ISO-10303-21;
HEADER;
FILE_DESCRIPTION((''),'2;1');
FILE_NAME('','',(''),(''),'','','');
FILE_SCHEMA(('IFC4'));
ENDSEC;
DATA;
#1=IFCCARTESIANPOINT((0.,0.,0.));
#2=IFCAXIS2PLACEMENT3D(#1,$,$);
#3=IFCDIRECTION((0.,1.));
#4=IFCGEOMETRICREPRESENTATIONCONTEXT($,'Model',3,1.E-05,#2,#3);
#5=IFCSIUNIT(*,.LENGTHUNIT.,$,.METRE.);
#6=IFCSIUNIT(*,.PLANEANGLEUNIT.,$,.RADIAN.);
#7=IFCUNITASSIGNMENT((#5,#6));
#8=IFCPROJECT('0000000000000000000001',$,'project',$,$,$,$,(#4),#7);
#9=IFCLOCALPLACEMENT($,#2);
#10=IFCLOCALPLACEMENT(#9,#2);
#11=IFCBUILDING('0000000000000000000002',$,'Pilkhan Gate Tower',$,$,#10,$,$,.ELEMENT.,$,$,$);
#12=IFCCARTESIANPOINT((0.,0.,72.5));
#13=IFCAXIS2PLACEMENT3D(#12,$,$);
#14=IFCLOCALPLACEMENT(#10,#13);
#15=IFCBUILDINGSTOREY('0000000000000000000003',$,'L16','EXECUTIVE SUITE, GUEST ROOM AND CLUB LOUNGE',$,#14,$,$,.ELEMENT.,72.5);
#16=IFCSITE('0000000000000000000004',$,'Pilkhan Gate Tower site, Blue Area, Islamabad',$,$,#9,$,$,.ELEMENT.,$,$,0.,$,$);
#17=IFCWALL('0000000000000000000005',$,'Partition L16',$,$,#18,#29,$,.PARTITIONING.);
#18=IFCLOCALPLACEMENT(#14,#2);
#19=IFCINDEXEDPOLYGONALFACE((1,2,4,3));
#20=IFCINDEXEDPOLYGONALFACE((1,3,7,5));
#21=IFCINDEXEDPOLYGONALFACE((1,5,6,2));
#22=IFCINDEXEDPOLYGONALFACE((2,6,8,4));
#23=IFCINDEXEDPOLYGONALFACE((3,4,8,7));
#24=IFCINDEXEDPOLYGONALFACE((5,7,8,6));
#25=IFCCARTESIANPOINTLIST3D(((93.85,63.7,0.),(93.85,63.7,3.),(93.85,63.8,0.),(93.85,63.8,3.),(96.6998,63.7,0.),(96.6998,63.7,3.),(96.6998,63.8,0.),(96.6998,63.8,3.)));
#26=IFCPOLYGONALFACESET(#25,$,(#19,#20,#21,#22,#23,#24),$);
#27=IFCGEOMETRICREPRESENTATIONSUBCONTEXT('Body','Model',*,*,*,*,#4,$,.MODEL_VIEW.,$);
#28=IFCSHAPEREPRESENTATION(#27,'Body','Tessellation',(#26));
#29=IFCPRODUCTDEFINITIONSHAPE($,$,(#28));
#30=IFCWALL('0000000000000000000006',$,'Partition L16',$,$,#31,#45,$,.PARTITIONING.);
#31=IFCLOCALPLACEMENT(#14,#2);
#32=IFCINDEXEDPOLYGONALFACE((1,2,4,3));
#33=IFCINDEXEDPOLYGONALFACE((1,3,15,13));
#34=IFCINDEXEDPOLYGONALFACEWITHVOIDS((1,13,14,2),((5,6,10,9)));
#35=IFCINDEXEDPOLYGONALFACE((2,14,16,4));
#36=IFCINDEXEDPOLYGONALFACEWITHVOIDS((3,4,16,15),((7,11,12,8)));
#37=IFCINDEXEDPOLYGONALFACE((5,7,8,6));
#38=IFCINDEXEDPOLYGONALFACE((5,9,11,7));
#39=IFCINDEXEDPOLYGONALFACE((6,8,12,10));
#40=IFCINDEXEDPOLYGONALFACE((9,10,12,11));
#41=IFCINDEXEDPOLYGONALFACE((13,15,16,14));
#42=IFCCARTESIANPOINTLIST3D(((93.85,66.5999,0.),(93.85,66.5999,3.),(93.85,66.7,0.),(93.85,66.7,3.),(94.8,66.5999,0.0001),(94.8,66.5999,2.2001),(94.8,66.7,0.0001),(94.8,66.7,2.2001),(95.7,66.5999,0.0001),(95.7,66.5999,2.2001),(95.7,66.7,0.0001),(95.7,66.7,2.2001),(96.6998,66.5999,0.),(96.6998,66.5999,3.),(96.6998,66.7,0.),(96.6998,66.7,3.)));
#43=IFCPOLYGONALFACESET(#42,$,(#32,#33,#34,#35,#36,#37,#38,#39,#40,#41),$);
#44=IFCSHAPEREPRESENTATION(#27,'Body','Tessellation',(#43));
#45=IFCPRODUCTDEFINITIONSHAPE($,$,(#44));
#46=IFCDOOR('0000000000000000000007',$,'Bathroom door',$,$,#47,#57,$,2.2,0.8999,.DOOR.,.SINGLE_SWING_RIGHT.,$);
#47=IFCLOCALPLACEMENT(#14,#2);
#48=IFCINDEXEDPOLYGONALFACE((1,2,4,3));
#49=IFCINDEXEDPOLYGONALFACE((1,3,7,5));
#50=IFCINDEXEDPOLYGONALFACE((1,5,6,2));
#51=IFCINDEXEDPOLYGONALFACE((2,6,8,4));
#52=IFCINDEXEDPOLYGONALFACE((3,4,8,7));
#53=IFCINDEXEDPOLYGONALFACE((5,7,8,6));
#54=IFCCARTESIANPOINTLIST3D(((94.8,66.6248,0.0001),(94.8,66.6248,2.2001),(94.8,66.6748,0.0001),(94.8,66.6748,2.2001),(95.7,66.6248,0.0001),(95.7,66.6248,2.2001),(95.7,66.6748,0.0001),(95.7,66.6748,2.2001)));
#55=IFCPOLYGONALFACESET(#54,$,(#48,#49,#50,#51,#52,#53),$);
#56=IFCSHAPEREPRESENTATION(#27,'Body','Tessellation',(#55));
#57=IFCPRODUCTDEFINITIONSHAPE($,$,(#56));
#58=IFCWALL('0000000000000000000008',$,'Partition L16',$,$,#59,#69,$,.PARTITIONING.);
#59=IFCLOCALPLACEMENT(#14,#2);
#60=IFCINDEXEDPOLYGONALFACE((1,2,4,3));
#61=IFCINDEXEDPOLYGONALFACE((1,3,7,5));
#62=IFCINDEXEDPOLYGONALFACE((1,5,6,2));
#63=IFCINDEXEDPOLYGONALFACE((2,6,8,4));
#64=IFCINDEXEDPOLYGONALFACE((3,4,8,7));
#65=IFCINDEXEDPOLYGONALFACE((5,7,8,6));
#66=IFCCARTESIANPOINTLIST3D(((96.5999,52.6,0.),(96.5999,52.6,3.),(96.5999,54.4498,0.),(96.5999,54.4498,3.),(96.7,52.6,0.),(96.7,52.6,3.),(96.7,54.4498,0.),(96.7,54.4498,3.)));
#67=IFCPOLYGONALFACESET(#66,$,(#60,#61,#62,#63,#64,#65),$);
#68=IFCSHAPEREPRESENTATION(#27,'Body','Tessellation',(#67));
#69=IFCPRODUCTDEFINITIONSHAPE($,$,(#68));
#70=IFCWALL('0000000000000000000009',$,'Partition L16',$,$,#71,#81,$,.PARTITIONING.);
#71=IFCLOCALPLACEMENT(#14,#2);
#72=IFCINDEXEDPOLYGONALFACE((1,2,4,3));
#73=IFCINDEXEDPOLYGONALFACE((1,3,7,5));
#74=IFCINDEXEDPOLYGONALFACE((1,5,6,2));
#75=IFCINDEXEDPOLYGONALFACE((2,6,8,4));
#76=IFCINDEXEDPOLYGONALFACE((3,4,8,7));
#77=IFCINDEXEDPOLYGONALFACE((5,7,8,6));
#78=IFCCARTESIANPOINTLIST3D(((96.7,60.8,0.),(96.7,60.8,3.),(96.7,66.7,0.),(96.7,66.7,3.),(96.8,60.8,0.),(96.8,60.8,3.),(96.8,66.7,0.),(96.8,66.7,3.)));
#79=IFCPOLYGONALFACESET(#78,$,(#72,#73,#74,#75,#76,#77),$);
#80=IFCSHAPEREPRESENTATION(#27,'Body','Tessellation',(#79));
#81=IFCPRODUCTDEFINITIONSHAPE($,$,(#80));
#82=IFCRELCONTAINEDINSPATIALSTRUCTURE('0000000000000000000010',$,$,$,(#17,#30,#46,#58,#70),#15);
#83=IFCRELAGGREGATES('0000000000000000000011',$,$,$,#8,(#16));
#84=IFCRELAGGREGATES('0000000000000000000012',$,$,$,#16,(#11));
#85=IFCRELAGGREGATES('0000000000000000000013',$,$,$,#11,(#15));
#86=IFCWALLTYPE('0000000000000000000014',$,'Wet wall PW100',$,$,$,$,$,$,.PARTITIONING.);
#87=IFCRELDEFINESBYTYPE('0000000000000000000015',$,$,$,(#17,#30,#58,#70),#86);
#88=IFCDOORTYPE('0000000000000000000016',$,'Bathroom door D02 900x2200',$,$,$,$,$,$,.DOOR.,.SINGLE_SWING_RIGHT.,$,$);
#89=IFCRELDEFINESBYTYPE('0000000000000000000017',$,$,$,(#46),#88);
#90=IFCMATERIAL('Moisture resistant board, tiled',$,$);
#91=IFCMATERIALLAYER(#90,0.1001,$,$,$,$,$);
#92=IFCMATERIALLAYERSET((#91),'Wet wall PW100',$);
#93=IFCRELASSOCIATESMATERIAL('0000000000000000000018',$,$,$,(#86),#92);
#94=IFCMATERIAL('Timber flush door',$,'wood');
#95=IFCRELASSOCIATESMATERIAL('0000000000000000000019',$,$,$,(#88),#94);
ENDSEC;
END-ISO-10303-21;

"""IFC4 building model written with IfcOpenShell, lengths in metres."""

from ifc_helpers import new_model, si_unit, direction, frame, frame_2d, origin, place, context, subcontext, project, spatial, rectangle, extrude, material, layer, layer_set, type_object, element, fill, save


model = new_model("IFC4")

# Units and contexts
model_context = context("Model", 3, precision=1e-05, world=origin(), true_north=direction((0.0, 1.0)))
body_context = subcontext(model_context, "Body", "Model", "MODEL_VIEW")
ifc_project = project(units=[si_unit("LENGTHUNIT", "METRE"), si_unit("PLANEANGLEUNIT", "RADIAN")], contexts=[model_context])

# Site, building, storey
site_placement = place(None, origin())
site = spatial("IfcSite", under=ifc_project, at=site_placement, Name="Pilkhan Gate Tower site, Blue Area, Islamabad", CompositionType="ELEMENT", RefElevation=0.0)
building_placement = place(site_placement, origin())
building = spatial("IfcBuilding", under=site, at=building_placement, Name="Pilkhan Gate Tower", CompositionType="ELEMENT")
storey_placement = place(building_placement, frame((0.0, 0.0, 72.5)))
storey = spatial("IfcBuildingStorey", under=building, at=storey_placement, Name="L16", Description="EXECUTIVE SUITE, GUEST ROOM AND CLUB LOUNGE", CompositionType="ELEMENT", Elevation=72.5)

# Shared definitions
ifc_material_1 = material(Name="Moisture resistant board, tiled")
ifc_layer_1 = layer(ifc_material_1, 0.1001)
ifc_layer_set_1 = layer_set([ifc_layer_1], Name="Wet wall PW100")
wall_type_1 = type_object("IfcWallType", Name="Wet wall PW100", PredefinedType="PARTITIONING", material=ifc_layer_set_1)
ifc_material_2 = material(Name="Timber flush door", Category="wood")
door_type = type_object("IfcDoorType", Name="Bathroom door D02 900x2200", OperationType="SINGLE_SWING_RIGHT", PredefinedType="DOOR", material=ifc_material_2)

# Wall
wall_1_placement = place(storey_placement, frame((93.8501, 63.75, 0.0), z_axis=(0.0, 0.0, 1.0), x_axis=(1.0, 0.0, 0.0)))
element("IfcWall", 1, at=wall_1_placement, inside=storey, type_object=wall_type_1, Name="Partition L16", PredefinedType="PARTITIONING", context=body_context, shape_type="SweptSolid", body=[
    extrude(rectangle(XDim=2.8499, YDim=0.1001, at=frame_2d((1.4248, 0.0))), origin(), (0.0, 0.0, 1.0), 3.0),
])

# Wall, opening, door
wall_2_placement = place(storey_placement, frame((93.8501, 66.6499, 0.0), z_axis=(0.0, 0.0, 1.0), x_axis=(1.0, 0.0, 0.0)))
wall_2 = element("IfcWall", 2, at=wall_2_placement, inside=storey, type_object=wall_type_1, Name="Partition L16", PredefinedType="PARTITIONING", context=body_context, shape_type="SweptSolid", body=[
    extrude(rectangle(XDim=2.8499, YDim=0.1001, at=frame_2d((1.4248, 0.0))), origin(), (0.0, 0.0, 1.0), 3.0),
])
opening_1_placement = place(wall_2_placement, frame((0.95, 0.0, 0.0)))
opening_1 = element("IfcOpeningElement", 3, at=opening_1_placement, cuts=wall_2, PredefinedType="OPENING", context=body_context, shape_type="SweptSolid", body=[
    extrude(rectangle(XDim=0.8999, YDim=2.2, at=frame_2d((0.45, 1.1001))), frame((0.0, 0.0601, 0.0), z_axis=(0.0, -1.0, 0.0), x_axis=(1.0, 0.0, 0.0)), (0.0, 0.0, 1.0), 0.1201),
])
door_1_placement = place(opening_1_placement, origin())
door_1 = element("IfcDoor", 4, at=door_1_placement, inside=storey, type_object=door_type, Name="Bathroom door", OperationType="SINGLE_SWING_RIGHT", OverallHeight=2.2, OverallWidth=0.8999, PredefinedType="DOOR", context=body_context, shape_type="SweptSolid", body=[
    extrude(rectangle(XDim=0.8999, YDim=2.2, at=frame_2d((0.45, 1.1001))), frame((0.0, 0.0249, 0.0), z_axis=(0.0, -1.0, 0.0), x_axis=(1.0, 0.0, 0.0)), (0.0, 0.0, 1.0), 0.05),
])
fill(opening_1, door_1)

# Walls
wall_3_placement = place(storey_placement, frame((96.6499, 52.6001, 0.0), z_axis=(0.0, 0.0, 1.0), x_axis=(0.0, 1.0, 0.0)))
element("IfcWall", 5, at=wall_3_placement, inside=storey, type_object=wall_type_1, Name="Partition L16", PredefinedType="PARTITIONING", context=body_context, shape_type="SweptSolid", body=[
    extrude(rectangle(XDim=1.8499, YDim=0.1001, at=frame_2d((0.9248, 0.0))), origin(), (0.0, 0.0, 1.0), 3.0),
])
wall_4_placement = place(storey_placement, frame((96.75, 60.8, 0.0), z_axis=(0.0, 0.0, 1.0), x_axis=(0.0, 1.0, 0.0)))
element("IfcWall", 6, at=wall_4_placement, inside=storey, type_object=wall_type_1, Name="Partition L16", PredefinedType="PARTITIONING", context=body_context, shape_type="SweptSolid", body=[
    extrude(rectangle(XDim=5.8999, YDim=0.1001, at=frame_2d((2.95, 0.0))), origin(), (0.0, 0.0, 1.0), 3.0),
])

save(model, "model.ifc")
